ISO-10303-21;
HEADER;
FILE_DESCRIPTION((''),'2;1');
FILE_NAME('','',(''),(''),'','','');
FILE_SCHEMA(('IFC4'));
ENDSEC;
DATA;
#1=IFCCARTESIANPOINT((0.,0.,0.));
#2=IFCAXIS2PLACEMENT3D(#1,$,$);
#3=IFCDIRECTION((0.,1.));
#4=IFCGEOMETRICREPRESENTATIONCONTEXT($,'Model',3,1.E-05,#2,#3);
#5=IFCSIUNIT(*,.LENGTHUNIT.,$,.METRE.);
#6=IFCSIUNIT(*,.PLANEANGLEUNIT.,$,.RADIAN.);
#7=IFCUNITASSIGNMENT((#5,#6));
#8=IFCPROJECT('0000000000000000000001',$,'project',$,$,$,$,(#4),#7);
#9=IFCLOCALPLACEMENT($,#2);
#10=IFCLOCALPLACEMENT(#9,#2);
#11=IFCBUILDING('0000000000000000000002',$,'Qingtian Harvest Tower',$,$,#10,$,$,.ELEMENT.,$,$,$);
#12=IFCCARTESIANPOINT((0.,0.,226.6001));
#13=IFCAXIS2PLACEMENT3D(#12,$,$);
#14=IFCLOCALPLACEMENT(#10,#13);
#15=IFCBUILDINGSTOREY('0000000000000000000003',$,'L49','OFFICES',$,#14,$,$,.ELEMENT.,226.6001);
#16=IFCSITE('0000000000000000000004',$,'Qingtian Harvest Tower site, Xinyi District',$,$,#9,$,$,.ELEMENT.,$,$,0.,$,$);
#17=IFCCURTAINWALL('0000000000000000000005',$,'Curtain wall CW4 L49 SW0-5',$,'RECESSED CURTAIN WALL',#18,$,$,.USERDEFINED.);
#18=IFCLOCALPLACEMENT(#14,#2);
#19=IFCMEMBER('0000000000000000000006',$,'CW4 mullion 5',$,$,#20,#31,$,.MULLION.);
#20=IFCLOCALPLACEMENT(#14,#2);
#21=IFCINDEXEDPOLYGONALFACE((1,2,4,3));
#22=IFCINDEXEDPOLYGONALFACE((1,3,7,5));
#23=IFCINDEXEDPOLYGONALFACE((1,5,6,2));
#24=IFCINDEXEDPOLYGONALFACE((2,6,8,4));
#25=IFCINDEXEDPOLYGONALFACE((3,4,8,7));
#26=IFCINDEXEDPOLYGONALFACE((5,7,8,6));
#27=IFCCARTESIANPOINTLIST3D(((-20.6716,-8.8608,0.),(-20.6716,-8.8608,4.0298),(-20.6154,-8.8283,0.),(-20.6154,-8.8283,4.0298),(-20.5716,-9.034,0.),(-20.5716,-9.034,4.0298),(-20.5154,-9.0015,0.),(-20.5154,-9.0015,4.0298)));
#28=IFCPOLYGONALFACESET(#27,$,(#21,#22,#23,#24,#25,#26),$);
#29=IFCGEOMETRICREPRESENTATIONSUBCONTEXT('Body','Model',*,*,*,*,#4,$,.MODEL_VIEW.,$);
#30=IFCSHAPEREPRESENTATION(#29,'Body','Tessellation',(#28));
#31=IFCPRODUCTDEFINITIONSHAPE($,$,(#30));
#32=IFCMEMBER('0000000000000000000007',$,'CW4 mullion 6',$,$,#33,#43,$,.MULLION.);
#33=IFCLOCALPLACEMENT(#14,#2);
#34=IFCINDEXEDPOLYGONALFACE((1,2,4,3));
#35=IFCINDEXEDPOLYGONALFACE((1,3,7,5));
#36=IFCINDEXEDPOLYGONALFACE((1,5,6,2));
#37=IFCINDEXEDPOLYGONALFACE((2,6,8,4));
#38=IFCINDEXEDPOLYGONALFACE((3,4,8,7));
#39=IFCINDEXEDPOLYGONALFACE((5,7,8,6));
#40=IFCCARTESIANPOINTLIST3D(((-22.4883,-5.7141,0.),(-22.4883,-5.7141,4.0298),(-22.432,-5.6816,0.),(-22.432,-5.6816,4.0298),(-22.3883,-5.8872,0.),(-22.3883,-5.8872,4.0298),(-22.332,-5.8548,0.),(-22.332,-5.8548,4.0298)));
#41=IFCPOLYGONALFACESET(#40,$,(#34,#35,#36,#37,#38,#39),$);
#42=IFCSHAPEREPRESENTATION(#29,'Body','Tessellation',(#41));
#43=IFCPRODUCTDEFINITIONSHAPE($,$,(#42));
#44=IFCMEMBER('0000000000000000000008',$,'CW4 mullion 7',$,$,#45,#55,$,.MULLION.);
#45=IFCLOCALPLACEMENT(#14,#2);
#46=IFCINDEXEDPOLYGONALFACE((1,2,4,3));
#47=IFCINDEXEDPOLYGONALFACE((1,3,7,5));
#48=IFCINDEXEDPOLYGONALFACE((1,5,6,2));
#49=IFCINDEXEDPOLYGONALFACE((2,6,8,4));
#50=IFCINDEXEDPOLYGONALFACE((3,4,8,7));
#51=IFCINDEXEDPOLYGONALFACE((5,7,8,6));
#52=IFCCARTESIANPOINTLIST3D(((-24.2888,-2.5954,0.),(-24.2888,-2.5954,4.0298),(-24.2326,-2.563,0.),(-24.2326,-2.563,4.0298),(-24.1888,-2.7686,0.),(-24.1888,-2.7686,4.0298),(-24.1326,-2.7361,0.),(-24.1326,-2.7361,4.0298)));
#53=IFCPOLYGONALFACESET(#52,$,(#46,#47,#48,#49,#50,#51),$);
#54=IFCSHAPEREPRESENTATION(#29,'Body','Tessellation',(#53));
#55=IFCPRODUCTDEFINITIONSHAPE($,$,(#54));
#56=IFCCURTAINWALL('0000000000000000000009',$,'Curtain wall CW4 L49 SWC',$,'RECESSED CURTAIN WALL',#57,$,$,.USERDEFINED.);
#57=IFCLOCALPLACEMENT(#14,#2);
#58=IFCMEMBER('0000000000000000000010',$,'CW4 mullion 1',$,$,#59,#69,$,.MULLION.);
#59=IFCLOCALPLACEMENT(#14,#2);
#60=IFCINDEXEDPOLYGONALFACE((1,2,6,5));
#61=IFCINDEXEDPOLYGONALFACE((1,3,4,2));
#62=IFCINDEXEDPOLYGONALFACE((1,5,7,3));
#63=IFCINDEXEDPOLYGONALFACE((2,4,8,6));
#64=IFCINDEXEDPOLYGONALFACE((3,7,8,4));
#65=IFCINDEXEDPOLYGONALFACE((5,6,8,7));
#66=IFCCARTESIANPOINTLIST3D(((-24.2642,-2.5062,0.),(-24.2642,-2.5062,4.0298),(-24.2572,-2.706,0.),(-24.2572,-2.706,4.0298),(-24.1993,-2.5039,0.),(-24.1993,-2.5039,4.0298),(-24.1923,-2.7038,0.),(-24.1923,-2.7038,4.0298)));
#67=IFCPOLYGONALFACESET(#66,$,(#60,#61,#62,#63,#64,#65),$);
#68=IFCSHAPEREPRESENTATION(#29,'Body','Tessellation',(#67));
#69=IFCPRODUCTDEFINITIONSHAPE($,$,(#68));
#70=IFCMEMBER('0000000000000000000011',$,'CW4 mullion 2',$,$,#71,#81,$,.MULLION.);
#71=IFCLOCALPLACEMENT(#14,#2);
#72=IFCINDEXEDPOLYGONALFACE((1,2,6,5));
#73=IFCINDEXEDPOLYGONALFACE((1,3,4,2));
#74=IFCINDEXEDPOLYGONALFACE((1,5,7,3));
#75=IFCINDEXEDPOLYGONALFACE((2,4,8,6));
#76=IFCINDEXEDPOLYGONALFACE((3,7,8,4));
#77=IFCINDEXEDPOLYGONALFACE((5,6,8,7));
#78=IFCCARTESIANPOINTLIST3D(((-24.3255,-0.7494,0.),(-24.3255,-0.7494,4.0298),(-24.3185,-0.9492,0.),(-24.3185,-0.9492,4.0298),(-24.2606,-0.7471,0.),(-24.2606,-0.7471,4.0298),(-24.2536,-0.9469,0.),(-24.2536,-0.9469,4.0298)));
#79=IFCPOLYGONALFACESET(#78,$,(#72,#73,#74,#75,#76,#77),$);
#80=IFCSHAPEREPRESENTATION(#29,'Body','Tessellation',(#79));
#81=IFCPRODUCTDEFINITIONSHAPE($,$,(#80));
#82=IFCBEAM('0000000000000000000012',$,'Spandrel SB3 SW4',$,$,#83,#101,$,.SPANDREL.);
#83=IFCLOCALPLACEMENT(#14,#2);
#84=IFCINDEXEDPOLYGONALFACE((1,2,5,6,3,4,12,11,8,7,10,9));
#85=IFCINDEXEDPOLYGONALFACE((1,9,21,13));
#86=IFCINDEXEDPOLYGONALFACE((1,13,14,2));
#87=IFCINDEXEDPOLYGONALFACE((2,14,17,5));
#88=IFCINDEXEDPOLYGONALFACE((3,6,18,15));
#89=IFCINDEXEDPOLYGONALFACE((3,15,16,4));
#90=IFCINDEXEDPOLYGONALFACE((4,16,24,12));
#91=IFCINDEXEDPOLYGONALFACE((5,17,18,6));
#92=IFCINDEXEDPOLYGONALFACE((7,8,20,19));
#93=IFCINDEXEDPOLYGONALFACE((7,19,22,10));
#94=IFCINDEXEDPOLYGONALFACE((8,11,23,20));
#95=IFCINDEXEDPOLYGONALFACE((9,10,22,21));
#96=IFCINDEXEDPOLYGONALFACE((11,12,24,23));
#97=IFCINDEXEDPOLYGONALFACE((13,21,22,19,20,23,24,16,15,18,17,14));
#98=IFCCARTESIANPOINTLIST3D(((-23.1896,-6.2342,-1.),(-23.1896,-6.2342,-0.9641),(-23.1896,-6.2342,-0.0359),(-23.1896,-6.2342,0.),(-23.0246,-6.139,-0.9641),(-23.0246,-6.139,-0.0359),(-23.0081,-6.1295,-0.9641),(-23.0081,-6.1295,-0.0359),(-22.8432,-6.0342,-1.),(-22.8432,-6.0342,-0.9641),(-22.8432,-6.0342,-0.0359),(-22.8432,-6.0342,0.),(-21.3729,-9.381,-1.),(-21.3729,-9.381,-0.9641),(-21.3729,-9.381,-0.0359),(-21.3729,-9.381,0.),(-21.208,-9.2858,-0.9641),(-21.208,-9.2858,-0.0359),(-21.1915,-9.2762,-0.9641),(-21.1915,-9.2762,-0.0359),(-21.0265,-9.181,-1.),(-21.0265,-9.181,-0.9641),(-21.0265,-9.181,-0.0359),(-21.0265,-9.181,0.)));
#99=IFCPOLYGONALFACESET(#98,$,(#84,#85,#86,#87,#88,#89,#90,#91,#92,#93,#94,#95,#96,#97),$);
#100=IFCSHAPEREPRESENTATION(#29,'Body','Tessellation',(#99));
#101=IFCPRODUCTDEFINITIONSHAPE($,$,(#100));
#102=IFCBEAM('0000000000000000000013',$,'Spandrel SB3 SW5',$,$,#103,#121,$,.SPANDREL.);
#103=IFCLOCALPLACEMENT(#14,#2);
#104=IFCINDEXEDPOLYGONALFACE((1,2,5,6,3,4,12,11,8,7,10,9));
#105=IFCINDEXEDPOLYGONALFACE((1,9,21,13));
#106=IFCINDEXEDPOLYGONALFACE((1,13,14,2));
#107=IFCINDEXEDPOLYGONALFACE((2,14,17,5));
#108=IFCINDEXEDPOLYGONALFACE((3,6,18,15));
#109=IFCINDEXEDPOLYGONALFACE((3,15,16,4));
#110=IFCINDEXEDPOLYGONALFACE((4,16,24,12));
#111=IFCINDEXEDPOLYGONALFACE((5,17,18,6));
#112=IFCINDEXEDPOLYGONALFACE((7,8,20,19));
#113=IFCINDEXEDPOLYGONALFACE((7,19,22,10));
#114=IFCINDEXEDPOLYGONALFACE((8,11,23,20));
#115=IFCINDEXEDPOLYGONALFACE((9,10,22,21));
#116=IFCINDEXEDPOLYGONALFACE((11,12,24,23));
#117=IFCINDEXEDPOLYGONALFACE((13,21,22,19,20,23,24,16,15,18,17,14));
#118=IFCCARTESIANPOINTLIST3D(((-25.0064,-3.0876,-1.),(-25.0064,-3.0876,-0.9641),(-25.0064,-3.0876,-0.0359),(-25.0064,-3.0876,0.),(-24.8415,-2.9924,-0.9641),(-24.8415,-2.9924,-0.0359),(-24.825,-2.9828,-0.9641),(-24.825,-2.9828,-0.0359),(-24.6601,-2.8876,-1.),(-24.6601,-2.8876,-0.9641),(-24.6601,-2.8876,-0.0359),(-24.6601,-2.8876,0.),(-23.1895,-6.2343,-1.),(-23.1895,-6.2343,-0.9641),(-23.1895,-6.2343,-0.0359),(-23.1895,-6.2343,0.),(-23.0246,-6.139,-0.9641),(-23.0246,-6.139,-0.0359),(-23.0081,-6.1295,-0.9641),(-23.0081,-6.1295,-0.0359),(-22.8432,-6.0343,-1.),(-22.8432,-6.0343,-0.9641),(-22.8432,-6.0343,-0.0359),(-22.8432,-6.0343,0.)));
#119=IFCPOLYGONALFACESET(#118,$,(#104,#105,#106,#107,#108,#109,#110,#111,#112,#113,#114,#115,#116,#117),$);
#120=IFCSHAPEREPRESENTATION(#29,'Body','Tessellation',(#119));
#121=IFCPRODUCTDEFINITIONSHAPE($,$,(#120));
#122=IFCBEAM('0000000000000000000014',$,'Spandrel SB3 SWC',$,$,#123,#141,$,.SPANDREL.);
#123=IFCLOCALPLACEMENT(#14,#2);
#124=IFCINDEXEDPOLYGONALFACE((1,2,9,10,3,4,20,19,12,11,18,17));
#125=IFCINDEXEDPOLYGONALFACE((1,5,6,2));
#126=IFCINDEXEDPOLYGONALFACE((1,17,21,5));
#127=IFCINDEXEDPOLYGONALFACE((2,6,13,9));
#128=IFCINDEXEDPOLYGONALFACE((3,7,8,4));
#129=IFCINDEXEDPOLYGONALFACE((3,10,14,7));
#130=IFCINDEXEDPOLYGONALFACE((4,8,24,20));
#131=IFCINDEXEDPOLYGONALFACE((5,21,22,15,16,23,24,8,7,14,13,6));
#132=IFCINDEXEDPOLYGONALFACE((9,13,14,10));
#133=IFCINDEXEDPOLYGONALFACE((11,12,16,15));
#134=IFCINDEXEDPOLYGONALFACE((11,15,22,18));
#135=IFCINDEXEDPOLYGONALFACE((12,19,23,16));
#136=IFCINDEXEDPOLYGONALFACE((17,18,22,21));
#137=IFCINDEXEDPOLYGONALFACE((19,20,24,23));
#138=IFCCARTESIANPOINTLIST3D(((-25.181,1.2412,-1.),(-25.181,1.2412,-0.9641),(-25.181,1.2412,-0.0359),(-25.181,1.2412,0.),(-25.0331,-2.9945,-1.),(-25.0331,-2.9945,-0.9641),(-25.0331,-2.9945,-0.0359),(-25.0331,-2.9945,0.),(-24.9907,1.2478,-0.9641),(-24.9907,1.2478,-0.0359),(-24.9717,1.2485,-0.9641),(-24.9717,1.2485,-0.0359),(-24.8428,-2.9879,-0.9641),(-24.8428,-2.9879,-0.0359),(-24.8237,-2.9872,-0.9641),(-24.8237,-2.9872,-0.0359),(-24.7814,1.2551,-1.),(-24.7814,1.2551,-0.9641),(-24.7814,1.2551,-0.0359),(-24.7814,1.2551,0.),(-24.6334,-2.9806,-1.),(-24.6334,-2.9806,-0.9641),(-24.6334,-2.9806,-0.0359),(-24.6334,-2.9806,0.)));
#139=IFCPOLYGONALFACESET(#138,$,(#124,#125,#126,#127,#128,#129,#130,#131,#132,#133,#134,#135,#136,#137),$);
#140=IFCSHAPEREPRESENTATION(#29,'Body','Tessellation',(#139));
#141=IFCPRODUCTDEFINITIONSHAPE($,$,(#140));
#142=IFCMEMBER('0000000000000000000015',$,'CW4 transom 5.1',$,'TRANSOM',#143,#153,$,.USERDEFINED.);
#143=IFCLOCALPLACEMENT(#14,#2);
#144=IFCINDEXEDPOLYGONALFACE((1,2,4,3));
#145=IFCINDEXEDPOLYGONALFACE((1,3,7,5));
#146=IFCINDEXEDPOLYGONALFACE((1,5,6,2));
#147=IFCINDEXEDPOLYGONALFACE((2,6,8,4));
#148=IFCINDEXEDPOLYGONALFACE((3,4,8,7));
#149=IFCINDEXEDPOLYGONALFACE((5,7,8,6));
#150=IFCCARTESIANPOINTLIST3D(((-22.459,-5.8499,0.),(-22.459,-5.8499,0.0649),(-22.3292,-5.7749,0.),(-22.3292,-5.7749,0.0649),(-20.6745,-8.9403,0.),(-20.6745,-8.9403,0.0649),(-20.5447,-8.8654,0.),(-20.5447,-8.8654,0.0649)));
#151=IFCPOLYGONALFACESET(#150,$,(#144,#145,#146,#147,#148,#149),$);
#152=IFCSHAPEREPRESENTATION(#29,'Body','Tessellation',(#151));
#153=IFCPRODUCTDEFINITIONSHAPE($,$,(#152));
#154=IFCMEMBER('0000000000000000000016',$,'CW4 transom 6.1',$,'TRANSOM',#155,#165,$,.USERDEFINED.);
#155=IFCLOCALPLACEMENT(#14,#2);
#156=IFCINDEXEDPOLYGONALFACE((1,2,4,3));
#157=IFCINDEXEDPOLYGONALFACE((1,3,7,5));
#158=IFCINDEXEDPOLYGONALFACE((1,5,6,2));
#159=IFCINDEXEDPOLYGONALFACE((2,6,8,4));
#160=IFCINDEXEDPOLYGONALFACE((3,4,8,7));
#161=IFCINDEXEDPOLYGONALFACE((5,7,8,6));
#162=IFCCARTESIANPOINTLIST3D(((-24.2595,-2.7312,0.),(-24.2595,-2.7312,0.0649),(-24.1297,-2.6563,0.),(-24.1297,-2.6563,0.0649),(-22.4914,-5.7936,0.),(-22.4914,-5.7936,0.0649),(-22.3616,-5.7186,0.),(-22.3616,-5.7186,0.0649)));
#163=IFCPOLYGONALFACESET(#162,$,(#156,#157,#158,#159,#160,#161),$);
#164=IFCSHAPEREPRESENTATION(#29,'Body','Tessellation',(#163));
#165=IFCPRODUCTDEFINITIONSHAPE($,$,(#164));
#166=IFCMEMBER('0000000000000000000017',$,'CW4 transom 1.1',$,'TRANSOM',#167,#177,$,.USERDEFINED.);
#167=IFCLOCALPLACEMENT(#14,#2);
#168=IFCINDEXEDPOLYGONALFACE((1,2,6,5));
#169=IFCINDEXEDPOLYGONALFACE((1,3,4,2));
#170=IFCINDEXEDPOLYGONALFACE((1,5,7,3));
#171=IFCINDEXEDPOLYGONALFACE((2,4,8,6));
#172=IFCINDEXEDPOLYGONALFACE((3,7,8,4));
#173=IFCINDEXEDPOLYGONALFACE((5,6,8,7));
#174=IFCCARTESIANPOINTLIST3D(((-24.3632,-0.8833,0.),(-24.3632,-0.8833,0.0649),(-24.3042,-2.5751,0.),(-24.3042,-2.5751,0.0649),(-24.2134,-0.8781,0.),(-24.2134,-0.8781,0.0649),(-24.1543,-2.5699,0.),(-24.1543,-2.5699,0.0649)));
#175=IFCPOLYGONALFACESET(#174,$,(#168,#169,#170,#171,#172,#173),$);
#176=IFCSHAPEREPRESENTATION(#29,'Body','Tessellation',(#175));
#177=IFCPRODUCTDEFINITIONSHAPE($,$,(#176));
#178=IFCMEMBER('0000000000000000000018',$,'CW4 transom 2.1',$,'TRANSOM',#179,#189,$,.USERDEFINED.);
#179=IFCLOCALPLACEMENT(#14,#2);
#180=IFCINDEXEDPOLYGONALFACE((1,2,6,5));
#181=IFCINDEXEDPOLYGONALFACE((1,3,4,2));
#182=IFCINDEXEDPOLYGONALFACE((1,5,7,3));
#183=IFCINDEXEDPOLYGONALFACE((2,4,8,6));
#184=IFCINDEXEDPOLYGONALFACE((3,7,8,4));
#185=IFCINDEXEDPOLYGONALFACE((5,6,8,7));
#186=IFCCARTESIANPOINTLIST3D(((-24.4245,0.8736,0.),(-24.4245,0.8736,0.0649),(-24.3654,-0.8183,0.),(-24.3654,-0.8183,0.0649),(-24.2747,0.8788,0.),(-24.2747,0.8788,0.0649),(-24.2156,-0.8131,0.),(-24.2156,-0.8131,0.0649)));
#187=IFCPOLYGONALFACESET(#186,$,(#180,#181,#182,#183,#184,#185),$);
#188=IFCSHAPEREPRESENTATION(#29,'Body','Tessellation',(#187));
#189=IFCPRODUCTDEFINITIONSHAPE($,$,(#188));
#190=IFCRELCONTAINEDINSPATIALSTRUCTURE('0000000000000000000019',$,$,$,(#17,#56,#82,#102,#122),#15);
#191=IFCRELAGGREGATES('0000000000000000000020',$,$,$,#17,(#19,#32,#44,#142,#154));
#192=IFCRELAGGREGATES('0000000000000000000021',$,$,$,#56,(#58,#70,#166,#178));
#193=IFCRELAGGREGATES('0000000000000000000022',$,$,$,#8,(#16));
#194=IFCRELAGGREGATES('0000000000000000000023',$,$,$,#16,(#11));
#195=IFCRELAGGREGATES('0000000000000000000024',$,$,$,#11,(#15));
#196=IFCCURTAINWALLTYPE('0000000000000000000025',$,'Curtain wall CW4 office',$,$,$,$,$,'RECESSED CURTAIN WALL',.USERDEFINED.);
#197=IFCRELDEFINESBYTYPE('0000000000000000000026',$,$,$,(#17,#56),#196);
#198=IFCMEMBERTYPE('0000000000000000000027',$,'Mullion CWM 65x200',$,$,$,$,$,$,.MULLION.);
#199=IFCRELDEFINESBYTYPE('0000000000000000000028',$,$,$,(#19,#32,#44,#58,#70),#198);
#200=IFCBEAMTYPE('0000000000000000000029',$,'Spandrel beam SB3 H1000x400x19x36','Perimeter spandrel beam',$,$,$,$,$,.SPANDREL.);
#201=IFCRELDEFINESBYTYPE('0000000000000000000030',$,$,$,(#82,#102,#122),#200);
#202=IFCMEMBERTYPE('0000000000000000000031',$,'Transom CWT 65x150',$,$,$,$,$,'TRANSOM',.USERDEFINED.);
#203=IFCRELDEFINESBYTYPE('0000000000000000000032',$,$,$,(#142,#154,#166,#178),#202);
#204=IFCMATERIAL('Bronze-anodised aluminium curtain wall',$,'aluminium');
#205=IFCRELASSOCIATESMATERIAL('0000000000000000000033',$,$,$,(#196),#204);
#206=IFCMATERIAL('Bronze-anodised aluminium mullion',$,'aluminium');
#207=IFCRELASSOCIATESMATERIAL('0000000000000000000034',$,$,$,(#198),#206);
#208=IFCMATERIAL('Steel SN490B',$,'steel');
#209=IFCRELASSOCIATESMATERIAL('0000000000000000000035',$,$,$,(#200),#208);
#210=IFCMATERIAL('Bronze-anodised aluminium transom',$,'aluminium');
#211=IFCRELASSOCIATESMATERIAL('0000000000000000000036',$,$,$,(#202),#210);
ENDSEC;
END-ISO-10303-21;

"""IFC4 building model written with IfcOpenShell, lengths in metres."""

from ifc_helpers import new_model, si_unit, direction, frame, origin, origin_2d, place, context, subcontext, project, spatial, rectangle, i_section, extrude, material, material_profile, profile_set, type_object, element, aggregate, save


model = new_model("IFC4")

# Units and contexts
model_context = context("Model", 3, precision=1e-05, world=origin(), true_north=direction((0.0, 1.0)))
body_context = subcontext(model_context, "Body", "Model", "MODEL_VIEW")
ifc_project = project(units=[si_unit("LENGTHUNIT", "METRE"), si_unit("PLANEANGLEUNIT", "RADIAN")], contexts=[model_context])

# Site, building, storey
site_placement = place(None, origin())
site = spatial("IfcSite", under=ifc_project, at=site_placement, Name="Qingtian Harvest Tower site, Xinyi District", CompositionType="ELEMENT", RefElevation=0.0)
building_placement = place(site_placement, origin())
building = spatial("IfcBuilding", under=site, at=building_placement, Name="Qingtian Harvest Tower", CompositionType="ELEMENT")
storey_placement = place(building_placement, frame((0.0, 0.0, 226.6001)))
storey = spatial("IfcBuildingStorey", under=building, at=storey_placement, Name="L49", Description="OFFICES", CompositionType="ELEMENT", Elevation=226.6001)

# Curtain walls, members
ifc_material_1 = material(Name="Bronze-anodised aluminium curtain wall", Category="aluminium")
curtain_wall_type = type_object("IfcCurtainWallType", Name="Curtain wall CW4 office", ElementType="RECESSED CURTAIN WALL", PredefinedType="USERDEFINED", material=ifc_material_1)
curtain_wall_1_placement = place(storey_placement, origin())
curtain_wall_1 = element("IfcCurtainWall", 1, at=curtain_wall_1_placement, inside=storey, type_object=curtain_wall_type, Name="Curtain wall CW4 L49 SW0-5", ObjectType="RECESSED CURTAIN WALL", PredefinedType="USERDEFINED")
ifc_material_2 = material(Name="Bronze-anodised aluminium mullion", Category="aluminium")
ifc_material_profile_1 = material_profile(ifc_material_2, rectangle(XDim=0.0649, YDim=0.2, at=origin_2d()), Name="AL 65x200")
ifc_profile_set_1 = profile_set([ifc_material_profile_1], Name="Bronze-anodised aluminium mullion")
member_type_1 = type_object("IfcMemberType", Name="Mullion CWM 65x200", PredefinedType="MULLION", material=ifc_profile_set_1)
member_1_placement = place(storey_placement, frame((-20.5935, -8.9312, 0.0), z_axis=(0.0, 0.0, 1.0), x_axis=(-0.866025, -0.5, 0.0)))
member_1 = element("IfcMember", 2, at=member_1_placement, type_object=member_type_1, Name="CW4 mullion 5", PredefinedType="MULLION", context=body_context, shape_type="SweptSolid", body=[
    extrude(rectangle(XDim=0.0649, YDim=0.2, at=origin_2d()), origin(), (0.0, 0.0, 1.0), 4.0298),
])
member_2_placement = place(storey_placement, frame((-22.4102, -5.7844, 0.0), z_axis=(0.0, 0.0, 1.0), x_axis=(-0.866025, -0.5, 0.0)))
member_2 = element("IfcMember", 3, at=member_2_placement, type_object=member_type_1, Name="CW4 mullion 6", PredefinedType="MULLION", context=body_context, shape_type="SweptSolid", body=[
    extrude(rectangle(XDim=0.0649, YDim=0.2, at=origin_2d()), origin(), (0.0, 0.0, 1.0), 4.0298),
])
member_3_placement = place(storey_placement, frame((-24.2107, -2.6658, 0.0), z_axis=(0.0, 0.0, 1.0), x_axis=(-0.866025, -0.5, 0.0)))
member_3 = element("IfcMember", 4, at=member_3_placement, type_object=member_type_1, Name="CW4 mullion 7", PredefinedType="MULLION", context=body_context, shape_type="SweptSolid", body=[
    extrude(rectangle(XDim=0.0649, YDim=0.2, at=origin_2d()), origin(), (0.0, 0.0, 1.0), 4.0298),
])
curtain_wall_2_placement = place(storey_placement, origin())
curtain_wall_2 = element("IfcCurtainWall", 5, at=curtain_wall_2_placement, inside=storey, type_object=curtain_wall_type, Name="Curtain wall CW4 L49 SWC", ObjectType="RECESSED CURTAIN WALL", PredefinedType="USERDEFINED")
member_4_placement = place(storey_placement, frame((-24.2283, -2.605, 0.0), z_axis=(0.0, 0.0, 1.0), x_axis=(-0.999391, -0.034899, 0.0)))
member_4 = element("IfcMember", 6, at=member_4_placement, type_object=member_type_1, Name="CW4 mullion 1", PredefinedType="MULLION", context=body_context, shape_type="SweptSolid", body=[
    extrude(rectangle(XDim=0.0649, YDim=0.2, at=origin_2d()), origin(), (0.0, 0.0, 1.0), 4.0298),
])
member_5_placement = place(storey_placement, frame((-24.2896, -0.8481, 0.0), z_axis=(0.0, 0.0, 1.0), x_axis=(-0.999391, -0.034899, 0.0)))
member_5 = element("IfcMember", 7, at=member_5_placement, type_object=member_type_1, Name="CW4 mullion 2", PredefinedType="MULLION", context=body_context, shape_type="SweptSolid", body=[
    extrude(rectangle(XDim=0.0649, YDim=0.2, at=origin_2d()), origin(), (0.0, 0.0, 1.0), 4.0298),
])

# Beams
ifc_material_3 = material(Name="Steel SN490B", Category="steel")
ifc_material_profile_2 = material_profile(ifc_material_3, i_section(OverallWidth=0.3999, OverallDepth=1.0, WebThickness=0.019, FlangeThickness=0.0359, at=origin_2d()), Name="H1000x400x19x36")
ifc_profile_set_2 = profile_set([ifc_material_profile_2], Name="Steel SN490B")
beam_type_1 = type_object("IfcBeamType", Name="Spandrel beam SB3 H1000x400x19x36", Description="Perimeter spandrel beam", PredefinedType="SPANDREL", material=ifc_profile_set_2)
for number, where, z_axis, x_axis, name in (
    (8, (-21.1997, -9.281, -0.5), (-0.499976, 0.866039, 0.0), (-0.866039, -0.499976, 0.0), "Spandrel SB3 SW4"),
    (9, (-23.0164, -6.1343, -0.5), (-0.500027, 0.86601, 0.0), (-0.86601, -0.500027, 0.0), "Spandrel SB3 SW5"),
):
    element("IfcBeam", number, at=place(storey_placement, frame(where, z_axis=z_axis, x_axis=x_axis)), inside=storey, type_object=beam_type_1, Name=name, PredefinedType="SPANDREL", context=body_context, shape_type="SweptSolid", body=[
        extrude(i_section(OverallWidth=0.3999, OverallDepth=1.0, WebThickness=0.019, FlangeThickness=0.0359, at=origin_2d()), origin(), (0.0, 0.0, 1.0), 3.6335),
    ])
beam_1_placement = place(storey_placement, frame((-24.8333, -2.9875, -0.5), z_axis=(-0.034909, 0.999391, 0.0), x_axis=(-0.999391, -0.034909, 0.0)))
element("IfcBeam", 10, at=beam_1_placement, inside=storey, type_object=beam_type_1, Name="Spandrel SB3 SWC", PredefinedType="SPANDREL", context=body_context, shape_type="SweptSolid", body=[
    extrude(i_section(OverallWidth=0.3999, OverallDepth=1.0, WebThickness=0.019, FlangeThickness=0.0359, at=origin_2d()), origin(), (0.0, 0.0, 1.0), 4.2383),
])

# Members
ifc_material_4 = material(Name="Bronze-anodised aluminium transom", Category="aluminium")
ifc_material_profile_3 = material_profile(ifc_material_4, rectangle(XDim=0.1499, YDim=0.0649, at=origin_2d()), Name="AL 65x150")
ifc_profile_set_3 = profile_set([ifc_material_profile_3], Name="Bronze-anodised aluminium transom")
member_type_2 = type_object("IfcMemberType", Name="Transom CWT 65x150", ElementType="TRANSOM", PredefinedType="USERDEFINED", material=ifc_profile_set_3)
member_6_placement = place(storey_placement, frame((-20.6096, -8.9028, 0.0325), z_axis=(-0.500046, 0.865999, 0.0), x_axis=(-0.865999, -0.500046, 0.0)))
member_6 = element("IfcMember", 11, at=member_6_placement, type_object=member_type_2, Name="CW4 transom 5.1", ObjectType="TRANSOM", PredefinedType="USERDEFINED", context=body_context, shape_type="SweptSolid", body=[
    extrude(rectangle(XDim=0.1499, YDim=0.0649, at=origin_2d()), origin(), (0.0, 0.0, 1.0), 3.5686),
])
member_7_placement = place(storey_placement, frame((-22.4265, -5.7561, 0.0325), z_axis=(-0.500015, 0.866017, 0.0), x_axis=(-0.866017, -0.500015, 0.0)))
member_7 = element("IfcMember", 12, at=member_7_placement, type_object=member_type_2, Name="CW4 transom 6.1", ObjectType="TRANSOM", PredefinedType="USERDEFINED", context=body_context, shape_type="SweptSolid", body=[
    extrude(rectangle(XDim=0.1499, YDim=0.0649, at=origin_2d()), origin(), (0.0, 0.0, 1.0), 3.5361),
])
member_8_placement = place(storey_placement, frame((-24.2292, -2.5725, 0.0325), z_axis=(-0.034899, 0.999391, 0.0), x_axis=(-0.999391, -0.034899, 0.0)))
member_8 = element("IfcMember", 13, at=member_8_placement, type_object=member_type_2, Name="CW4 transom 1.1", ObjectType="TRANSOM", PredefinedType="USERDEFINED", context=body_context, shape_type="SweptSolid", body=[
    extrude(rectangle(XDim=0.1499, YDim=0.0649, at=origin_2d()), origin(), (0.0, 0.0, 1.0), 1.6929),
])
member_9_placement = place(storey_placement, frame((-24.2905, -0.8157, 0.0325), z_axis=(-0.034899, 0.999391, 0.0), x_axis=(-0.999391, -0.034899, 0.0)))
member_9 = element("IfcMember", 14, at=member_9_placement, type_object=member_type_2, Name="CW4 transom 2.1", ObjectType="TRANSOM", PredefinedType="USERDEFINED", context=body_context, shape_type="SweptSolid", body=[
    extrude(rectangle(XDim=0.1499, YDim=0.0649, at=origin_2d()), origin(), (0.0, 0.0, 1.0), 1.6929),
])

aggregate(curtain_wall_1, [member_1, member_2, member_3, member_6, member_7])
aggregate(curtain_wall_2, [member_4, member_5, member_8, member_9])

save(model, "model.ifc")
